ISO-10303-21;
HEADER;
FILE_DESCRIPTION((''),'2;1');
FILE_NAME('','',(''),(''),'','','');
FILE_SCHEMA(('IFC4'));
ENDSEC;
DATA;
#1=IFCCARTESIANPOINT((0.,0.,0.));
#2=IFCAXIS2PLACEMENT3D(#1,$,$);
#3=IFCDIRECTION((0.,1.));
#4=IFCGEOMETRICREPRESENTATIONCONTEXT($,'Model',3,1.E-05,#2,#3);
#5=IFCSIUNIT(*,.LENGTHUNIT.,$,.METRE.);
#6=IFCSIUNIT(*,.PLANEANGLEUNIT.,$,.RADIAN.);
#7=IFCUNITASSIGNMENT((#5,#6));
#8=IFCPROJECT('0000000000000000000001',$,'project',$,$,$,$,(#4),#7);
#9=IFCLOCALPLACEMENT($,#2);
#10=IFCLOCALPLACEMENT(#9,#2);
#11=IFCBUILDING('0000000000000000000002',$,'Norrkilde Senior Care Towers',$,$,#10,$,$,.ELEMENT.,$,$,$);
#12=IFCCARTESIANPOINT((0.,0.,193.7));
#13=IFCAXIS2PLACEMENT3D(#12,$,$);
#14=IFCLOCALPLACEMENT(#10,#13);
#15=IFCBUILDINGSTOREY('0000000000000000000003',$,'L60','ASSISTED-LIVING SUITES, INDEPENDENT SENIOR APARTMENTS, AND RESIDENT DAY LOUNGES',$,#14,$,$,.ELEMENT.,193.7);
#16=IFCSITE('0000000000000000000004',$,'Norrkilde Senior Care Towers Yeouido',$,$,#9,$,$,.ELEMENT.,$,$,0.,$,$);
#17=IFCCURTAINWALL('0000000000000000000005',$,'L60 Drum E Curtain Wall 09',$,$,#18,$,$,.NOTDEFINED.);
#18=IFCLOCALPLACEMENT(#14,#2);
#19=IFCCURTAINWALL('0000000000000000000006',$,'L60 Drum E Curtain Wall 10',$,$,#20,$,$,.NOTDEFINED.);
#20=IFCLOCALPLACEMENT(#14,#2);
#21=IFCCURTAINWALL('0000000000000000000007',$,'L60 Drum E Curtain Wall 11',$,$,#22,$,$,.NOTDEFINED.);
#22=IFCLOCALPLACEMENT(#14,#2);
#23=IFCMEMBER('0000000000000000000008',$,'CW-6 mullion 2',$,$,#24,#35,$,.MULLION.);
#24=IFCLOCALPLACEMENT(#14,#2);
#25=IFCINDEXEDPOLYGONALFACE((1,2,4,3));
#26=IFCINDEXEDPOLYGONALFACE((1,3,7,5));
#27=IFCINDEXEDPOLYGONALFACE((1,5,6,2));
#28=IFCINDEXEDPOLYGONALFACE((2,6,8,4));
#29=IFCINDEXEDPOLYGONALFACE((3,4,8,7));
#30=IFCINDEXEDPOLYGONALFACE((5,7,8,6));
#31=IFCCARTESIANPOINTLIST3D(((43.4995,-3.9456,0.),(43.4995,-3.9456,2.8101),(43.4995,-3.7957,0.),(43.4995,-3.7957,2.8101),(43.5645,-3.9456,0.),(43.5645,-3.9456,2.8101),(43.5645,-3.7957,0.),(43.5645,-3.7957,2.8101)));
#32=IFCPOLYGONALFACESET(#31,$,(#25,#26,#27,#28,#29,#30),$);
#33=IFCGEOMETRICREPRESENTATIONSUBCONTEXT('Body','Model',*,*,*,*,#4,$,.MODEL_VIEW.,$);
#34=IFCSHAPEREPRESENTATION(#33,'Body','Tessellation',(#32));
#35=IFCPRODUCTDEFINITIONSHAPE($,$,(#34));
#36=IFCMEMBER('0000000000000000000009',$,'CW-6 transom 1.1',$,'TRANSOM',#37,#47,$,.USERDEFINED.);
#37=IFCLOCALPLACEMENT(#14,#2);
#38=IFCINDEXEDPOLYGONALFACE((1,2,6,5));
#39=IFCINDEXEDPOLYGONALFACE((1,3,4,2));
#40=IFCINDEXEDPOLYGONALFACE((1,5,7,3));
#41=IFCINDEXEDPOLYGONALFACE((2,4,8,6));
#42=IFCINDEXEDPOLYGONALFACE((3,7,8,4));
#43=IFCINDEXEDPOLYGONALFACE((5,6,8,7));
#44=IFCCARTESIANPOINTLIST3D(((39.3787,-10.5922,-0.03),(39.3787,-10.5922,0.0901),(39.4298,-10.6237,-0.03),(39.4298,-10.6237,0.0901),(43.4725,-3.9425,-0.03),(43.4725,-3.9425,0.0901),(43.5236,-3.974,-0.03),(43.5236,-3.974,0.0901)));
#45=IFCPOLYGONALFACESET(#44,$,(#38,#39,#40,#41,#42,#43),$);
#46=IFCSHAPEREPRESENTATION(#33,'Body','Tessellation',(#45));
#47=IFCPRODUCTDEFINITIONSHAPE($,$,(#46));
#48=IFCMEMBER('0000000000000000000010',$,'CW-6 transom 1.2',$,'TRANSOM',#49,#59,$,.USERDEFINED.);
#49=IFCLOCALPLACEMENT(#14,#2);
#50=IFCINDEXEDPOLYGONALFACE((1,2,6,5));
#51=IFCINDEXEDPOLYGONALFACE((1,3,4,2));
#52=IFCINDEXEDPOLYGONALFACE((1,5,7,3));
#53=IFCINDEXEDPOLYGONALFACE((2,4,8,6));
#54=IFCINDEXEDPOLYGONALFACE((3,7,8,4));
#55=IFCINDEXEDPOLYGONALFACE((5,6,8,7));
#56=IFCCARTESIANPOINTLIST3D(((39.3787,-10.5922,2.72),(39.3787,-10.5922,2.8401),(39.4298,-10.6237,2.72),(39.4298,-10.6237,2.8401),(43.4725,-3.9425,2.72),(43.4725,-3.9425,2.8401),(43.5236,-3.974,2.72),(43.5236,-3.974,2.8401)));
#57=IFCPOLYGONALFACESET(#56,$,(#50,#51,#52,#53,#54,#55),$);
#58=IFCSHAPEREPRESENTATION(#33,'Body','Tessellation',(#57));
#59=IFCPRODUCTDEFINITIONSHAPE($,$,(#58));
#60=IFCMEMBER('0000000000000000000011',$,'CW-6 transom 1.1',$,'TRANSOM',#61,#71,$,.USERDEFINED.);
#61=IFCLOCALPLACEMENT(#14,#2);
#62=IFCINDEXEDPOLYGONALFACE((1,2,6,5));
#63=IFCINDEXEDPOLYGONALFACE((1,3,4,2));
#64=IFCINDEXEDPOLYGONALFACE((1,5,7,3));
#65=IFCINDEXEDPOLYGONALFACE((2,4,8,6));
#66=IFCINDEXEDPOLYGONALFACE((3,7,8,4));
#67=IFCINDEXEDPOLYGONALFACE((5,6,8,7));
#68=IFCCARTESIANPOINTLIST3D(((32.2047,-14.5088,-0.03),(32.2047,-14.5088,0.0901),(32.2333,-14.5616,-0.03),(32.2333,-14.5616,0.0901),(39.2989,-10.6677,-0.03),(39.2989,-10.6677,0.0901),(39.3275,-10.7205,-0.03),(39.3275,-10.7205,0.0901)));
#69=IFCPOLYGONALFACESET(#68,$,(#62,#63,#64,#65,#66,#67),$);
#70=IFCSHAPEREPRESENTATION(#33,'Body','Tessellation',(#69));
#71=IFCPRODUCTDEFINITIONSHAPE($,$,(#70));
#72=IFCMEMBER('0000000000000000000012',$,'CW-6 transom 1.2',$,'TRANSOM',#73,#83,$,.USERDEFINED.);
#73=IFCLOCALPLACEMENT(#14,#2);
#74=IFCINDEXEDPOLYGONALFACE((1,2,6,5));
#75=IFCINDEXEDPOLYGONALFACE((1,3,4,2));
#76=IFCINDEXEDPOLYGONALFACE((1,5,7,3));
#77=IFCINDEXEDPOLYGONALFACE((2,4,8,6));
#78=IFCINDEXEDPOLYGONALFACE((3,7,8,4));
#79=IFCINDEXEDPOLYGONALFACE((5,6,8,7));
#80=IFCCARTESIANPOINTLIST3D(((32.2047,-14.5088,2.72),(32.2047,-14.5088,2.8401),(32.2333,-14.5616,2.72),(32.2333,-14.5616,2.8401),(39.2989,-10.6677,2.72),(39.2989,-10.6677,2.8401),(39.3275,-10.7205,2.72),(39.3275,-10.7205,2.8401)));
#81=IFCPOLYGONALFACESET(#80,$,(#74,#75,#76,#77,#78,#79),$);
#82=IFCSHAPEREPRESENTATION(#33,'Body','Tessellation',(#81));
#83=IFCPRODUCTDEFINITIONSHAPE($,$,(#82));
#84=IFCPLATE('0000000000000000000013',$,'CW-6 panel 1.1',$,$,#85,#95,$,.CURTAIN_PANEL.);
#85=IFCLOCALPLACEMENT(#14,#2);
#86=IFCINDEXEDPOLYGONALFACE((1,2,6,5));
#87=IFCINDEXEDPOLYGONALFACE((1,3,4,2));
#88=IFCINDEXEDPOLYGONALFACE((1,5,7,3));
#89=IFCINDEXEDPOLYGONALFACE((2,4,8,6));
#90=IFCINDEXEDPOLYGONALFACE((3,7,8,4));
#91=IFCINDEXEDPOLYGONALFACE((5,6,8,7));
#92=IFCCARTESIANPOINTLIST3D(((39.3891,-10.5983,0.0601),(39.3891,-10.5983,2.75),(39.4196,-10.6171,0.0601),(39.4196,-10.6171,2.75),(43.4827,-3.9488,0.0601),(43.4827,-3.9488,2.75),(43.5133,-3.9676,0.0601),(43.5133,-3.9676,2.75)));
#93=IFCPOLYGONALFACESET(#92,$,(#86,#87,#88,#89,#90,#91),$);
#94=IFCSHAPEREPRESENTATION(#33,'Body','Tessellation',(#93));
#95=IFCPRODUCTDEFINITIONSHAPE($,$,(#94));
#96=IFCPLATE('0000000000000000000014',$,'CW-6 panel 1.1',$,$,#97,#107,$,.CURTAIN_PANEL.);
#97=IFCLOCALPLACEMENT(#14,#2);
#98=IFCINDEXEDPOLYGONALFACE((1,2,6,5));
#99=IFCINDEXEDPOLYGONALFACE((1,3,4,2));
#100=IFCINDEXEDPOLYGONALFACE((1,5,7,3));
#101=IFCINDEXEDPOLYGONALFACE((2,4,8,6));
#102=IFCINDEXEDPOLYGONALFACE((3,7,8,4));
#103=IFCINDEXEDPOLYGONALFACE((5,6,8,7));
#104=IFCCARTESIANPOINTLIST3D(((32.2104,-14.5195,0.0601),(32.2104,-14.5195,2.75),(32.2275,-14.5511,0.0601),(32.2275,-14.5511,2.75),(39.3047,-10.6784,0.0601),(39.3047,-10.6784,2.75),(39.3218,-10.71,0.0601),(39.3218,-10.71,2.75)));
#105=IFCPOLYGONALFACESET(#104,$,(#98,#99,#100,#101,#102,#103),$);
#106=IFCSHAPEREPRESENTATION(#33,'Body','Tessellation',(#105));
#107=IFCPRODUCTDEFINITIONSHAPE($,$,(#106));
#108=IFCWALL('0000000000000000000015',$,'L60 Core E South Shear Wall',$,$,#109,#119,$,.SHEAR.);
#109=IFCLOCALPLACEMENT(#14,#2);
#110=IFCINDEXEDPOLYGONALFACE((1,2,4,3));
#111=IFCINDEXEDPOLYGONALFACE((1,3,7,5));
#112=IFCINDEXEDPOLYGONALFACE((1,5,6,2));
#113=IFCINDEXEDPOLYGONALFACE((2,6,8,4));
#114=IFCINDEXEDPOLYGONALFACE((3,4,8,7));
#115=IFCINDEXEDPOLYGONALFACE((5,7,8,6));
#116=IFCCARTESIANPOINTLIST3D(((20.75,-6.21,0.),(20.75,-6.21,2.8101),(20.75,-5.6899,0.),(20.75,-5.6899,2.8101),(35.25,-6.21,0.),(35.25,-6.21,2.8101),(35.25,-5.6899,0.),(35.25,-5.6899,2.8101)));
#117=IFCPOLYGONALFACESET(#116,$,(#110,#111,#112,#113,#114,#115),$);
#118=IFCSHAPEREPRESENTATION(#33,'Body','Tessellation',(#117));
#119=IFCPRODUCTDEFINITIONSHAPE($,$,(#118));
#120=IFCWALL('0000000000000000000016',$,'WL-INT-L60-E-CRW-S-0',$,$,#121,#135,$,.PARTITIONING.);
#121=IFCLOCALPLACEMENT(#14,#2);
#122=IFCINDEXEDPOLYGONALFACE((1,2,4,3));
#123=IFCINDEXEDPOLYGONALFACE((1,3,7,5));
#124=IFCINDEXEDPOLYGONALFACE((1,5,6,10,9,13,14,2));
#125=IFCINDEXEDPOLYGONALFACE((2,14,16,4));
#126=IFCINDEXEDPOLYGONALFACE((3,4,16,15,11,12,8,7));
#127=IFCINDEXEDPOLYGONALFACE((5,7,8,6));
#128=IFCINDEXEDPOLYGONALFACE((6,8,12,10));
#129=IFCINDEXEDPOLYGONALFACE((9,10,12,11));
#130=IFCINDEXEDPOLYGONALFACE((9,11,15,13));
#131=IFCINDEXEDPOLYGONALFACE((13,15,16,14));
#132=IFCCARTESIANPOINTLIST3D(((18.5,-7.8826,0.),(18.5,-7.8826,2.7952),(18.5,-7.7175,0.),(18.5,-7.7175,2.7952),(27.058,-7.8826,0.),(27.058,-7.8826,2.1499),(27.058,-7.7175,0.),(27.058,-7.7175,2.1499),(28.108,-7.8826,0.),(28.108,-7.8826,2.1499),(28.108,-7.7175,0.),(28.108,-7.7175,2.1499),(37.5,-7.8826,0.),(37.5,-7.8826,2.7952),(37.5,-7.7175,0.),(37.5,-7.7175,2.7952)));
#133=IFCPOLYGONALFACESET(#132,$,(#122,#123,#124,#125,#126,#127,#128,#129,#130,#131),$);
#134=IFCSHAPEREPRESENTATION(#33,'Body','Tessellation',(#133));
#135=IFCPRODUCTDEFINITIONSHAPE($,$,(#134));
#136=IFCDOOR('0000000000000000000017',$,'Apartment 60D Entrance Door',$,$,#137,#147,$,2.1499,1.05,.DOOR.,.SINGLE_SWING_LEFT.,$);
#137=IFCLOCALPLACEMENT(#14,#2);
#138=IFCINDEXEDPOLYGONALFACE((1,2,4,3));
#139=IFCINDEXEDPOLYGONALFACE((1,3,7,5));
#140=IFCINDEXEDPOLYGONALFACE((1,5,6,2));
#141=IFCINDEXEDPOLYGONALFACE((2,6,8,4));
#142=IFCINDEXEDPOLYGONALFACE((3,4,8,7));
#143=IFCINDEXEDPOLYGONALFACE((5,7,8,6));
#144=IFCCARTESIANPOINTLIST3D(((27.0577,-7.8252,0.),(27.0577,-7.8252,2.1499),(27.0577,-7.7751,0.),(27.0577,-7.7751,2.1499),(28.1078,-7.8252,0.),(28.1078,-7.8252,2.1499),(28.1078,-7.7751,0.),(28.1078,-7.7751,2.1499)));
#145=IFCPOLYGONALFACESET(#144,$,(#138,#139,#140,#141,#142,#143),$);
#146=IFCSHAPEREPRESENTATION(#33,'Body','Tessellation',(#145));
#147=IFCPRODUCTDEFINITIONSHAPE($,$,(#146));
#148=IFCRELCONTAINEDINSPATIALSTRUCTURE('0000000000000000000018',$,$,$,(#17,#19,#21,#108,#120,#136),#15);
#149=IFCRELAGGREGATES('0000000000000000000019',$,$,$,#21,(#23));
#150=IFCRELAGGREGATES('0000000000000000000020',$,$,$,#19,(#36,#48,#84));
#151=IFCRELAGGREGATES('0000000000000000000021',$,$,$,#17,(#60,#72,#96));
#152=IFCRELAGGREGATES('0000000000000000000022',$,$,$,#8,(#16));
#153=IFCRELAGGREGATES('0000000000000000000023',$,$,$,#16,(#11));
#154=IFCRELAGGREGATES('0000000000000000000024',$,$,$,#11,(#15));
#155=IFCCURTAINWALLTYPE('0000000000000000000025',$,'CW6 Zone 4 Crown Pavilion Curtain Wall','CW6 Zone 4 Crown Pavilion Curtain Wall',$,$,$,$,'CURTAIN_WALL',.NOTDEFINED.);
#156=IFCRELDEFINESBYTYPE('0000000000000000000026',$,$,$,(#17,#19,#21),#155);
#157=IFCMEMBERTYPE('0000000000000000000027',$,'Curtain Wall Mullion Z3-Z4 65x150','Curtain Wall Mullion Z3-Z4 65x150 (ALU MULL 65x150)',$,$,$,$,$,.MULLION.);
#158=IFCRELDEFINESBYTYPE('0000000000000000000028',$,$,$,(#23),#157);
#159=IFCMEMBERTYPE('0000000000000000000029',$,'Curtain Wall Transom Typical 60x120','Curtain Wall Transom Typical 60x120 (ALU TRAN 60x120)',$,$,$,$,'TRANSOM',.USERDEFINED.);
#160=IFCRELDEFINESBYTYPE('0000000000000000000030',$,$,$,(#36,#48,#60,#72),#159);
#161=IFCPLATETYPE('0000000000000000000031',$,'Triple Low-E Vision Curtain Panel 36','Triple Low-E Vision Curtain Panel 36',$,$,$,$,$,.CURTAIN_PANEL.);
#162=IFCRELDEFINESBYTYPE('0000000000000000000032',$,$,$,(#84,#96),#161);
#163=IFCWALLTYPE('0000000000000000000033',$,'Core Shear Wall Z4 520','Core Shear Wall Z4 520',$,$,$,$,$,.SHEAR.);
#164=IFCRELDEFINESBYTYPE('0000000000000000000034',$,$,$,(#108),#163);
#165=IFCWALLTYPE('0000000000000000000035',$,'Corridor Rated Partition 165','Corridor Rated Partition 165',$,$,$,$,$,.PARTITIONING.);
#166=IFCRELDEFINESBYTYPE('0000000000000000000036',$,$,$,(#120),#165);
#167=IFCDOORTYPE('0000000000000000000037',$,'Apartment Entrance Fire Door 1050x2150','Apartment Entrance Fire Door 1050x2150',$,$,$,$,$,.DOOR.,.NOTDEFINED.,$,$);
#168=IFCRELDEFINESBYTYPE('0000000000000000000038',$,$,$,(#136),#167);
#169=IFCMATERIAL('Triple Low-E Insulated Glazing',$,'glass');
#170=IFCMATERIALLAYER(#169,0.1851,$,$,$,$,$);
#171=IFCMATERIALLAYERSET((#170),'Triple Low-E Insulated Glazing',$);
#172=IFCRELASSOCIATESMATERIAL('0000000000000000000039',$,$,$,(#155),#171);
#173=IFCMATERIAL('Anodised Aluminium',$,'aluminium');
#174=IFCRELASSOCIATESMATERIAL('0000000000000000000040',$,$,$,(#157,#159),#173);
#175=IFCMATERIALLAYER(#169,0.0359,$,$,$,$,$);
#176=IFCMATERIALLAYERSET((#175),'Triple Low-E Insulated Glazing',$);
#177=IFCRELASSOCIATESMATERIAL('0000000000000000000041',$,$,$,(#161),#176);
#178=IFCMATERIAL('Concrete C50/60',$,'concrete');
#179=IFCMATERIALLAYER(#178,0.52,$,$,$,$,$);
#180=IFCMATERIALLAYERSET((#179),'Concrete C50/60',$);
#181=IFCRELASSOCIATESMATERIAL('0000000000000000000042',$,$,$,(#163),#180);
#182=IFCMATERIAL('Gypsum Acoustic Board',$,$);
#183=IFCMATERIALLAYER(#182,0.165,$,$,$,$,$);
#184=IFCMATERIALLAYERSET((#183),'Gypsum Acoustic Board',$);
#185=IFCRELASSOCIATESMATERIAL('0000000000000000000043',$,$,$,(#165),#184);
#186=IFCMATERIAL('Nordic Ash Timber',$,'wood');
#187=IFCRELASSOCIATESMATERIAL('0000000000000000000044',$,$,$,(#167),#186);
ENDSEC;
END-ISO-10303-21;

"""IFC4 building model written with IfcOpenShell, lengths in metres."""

from ifc_helpers import new_model, si_unit, direction, frame, frame_2d, origin, origin_2d, place, context, subcontext, project, spatial, rectangle, extrude, source, transform, mapped, material, layer, layer_set, material_profile, profile_set, type_object, type_shapes, element, fill, aggregate, save


model = new_model("IFC4")

# Units and contexts
model_context = context("Model", 3, precision=1e-05, world=origin(), true_north=direction((0.0, 1.0)))
body_context = subcontext(model_context, "Body", "Model", "MODEL_VIEW")
ifc_project = project(units=[si_unit("LENGTHUNIT", "METRE"), si_unit("PLANEANGLEUNIT", "RADIAN")], contexts=[model_context])

# Site, building, storey
site_placement = place(None, origin())
site = spatial("IfcSite", under=ifc_project, at=site_placement, Name="Norrkilde Senior Care Towers Yeouido", CompositionType="ELEMENT", RefElevation=0.0)
building_placement = place(site_placement, origin())
building = spatial("IfcBuilding", under=site, at=building_placement, Name="Norrkilde Senior Care Towers", CompositionType="ELEMENT")
storey_placement = place(building_placement, frame((0.0, 0.0, 193.7)))
storey = spatial("IfcBuildingStorey", under=building, at=storey_placement, Name="L60", Description="ASSISTED-LIVING SUITES, INDEPENDENT SENIOR APARTMENTS, AND RESIDENT DAY LOUNGES", CompositionType="ELEMENT", Elevation=193.7)

# Shared definitions
ifc_material_1 = material(Name="Concrete C50/60", Category="concrete")

# Curtain wall
ifc_material_2 = material(Name="Triple Low-E Insulated Glazing", Category="glass")
ifc_layer_1 = layer(ifc_material_2, 0.1851)
ifc_layer_set_1 = layer_set([ifc_layer_1], Name="Triple Low-E Insulated Glazing")
curtain_wall_type = type_object("IfcCurtainWallType", Name="CW6 Zone 4 Crown Pavilion Curtain Wall", Description="CW6 Zone 4 Crown Pavilion Curtain Wall", ElementType="CURTAIN_WALL", PredefinedType="NOTDEFINED", material=ifc_layer_set_1)
curtain_wall_1_placement = place(storey_placement, origin())
curtain_wall_1 = element("IfcCurtainWall", 1, at=curtain_wall_1_placement, inside=storey, type_object=curtain_wall_type, Name="L60 Drum E Curtain Wall 09", PredefinedType="NOTDEFINED")
ifc_material_3 = material(Name="Anodised Aluminium", Category="aluminium")
ifc_material_profile_1 = material_profile(ifc_material_3, rectangle(XDim=0.0649, YDim=0.1499, at=origin_2d()), Name="ALU MULL 65x150")
ifc_profile_set_1 = profile_set([ifc_material_profile_1], Name="Anodised Aluminium")
member_type_1 = type_object("IfcMemberType", Name="Curtain Wall Mullion Z3-Z4 65x150", Description="Curtain Wall Mullion Z3-Z4 65x150 (ALU MULL 65x150)", PredefinedType="MULLION", material=ifc_profile_set_1)
shared_shape_1 = source(origin(), body_context, "Body", "SweptSolid", [
    extrude(rectangle(XDim=0.0649, YDim=0.1499, at=origin_2d()), origin(), (0.0, 0.0, 1.0), 2.8101),
])
type_shapes(member_type_1, [shared_shape_1])

# Curtain wall
curtain_wall_2_placement = place(storey_placement, origin())
curtain_wall_2 = element("IfcCurtainWall", 2, at=curtain_wall_2_placement, inside=storey, type_object=curtain_wall_type, Name="L60 Drum E Curtain Wall 10", PredefinedType="NOTDEFINED")

# Curtain wall, member
curtain_wall_3_placement = place(storey_placement, origin())
curtain_wall_3 = element("IfcCurtainWall", 3, at=curtain_wall_3_placement, inside=storey, type_object=curtain_wall_type, Name="L60 Drum E Curtain Wall 11", PredefinedType="NOTDEFINED")
member_1_placement = place(storey_placement, frame((43.532, -3.8706, 0.0), z_axis=(0.0, 0.0, 1.0), x_axis=(1.0, 0.0, 0.0)))
member_1 = element("IfcMember", 4, at=member_1_placement, type_object=member_type_1, Name="CW-6 mullion 2", PredefinedType="MULLION", context=body_context, shape_type="MappedRepresentation", body=[
    mapped(shared_shape_1, transform((0.0, 0.0, 0.0), x_axis=(1.0, 0.0, 0.0), y_axis=(0.0, 1.0, 0.0), z_axis=(0.0, 0.0, 1.0), scale=1.0)),
])
aggregate(curtain_wall_3, [member_1])

# Members
ifc_material_profile_2 = material_profile(ifc_material_3, rectangle(XDim=0.0601, YDim=0.1201, at=origin_2d()), Name="ALU TRAN 60x120")
ifc_profile_set_2 = profile_set([ifc_material_profile_2], Name="Anodised Aluminium")
member_type_2 = type_object("IfcMemberType", Name="Curtain Wall Transom Typical 60x120", Description="Curtain Wall Transom Typical 60x120 (ALU TRAN 60x120)", ElementType="TRANSOM", PredefinedType="USERDEFINED", material=ifc_profile_set_2)
shared_shape_2 = source(origin(), body_context, "Body", "SweptSolid", [
    extrude(rectangle(XDim=0.0601, YDim=0.1201, at=origin_2d()), origin(), (0.0, 0.0, 1.0), 7.8088),
])
member_2_placement = place(storey_placement, frame((43.498, -3.9583, 0.03), z_axis=(-0.524251, -0.851564, 0.0), x_axis=(0.851564, -0.524251, 0.0)))
member_2 = element("IfcMember", 5, at=member_2_placement, type_object=member_type_2, Name="CW-6 transom 1.1", ObjectType="TRANSOM", PredefinedType="USERDEFINED", context=body_context, shape_type="MappedRepresentation", body=[
    mapped(shared_shape_2, transform((0.0, 0.0, 0.0), x_axis=(1.0, 0.0, 0.0), y_axis=(0.0, 1.0, 0.0), z_axis=(0.0, 0.0, 1.0), scale=1.0)),
])
member_3_placement = place(storey_placement, frame((43.498, -3.9583, 2.78), z_axis=(-0.524251, -0.851564, 0.0), x_axis=(0.851564, -0.524251, 0.0)))
member_3 = element("IfcMember", 6, at=member_3_placement, type_object=member_type_2, Name="CW-6 transom 1.2", ObjectType="TRANSOM", PredefinedType="USERDEFINED", context=body_context, shape_type="MappedRepresentation", body=[
    mapped(shared_shape_2, transform((0.0, 0.0, 0.0), x_axis=(1.0, 0.0, 0.0), y_axis=(0.0, 1.0, 0.0), z_axis=(0.0, 0.0, 1.0), scale=1.0)),
])
shared_shape_3 = source(origin(), body_context, "Body", "SweptSolid", [
    extrude(rectangle(XDim=0.0601, YDim=0.1201, at=origin_2d()), origin(), (0.0, 0.0, 1.0), 8.0674),
])
type_shapes(member_type_2, [shared_shape_2, shared_shape_3])
member_4_placement = place(storey_placement, frame((39.3132, -10.6941, 0.03), z_axis=(-0.879378, -0.476125, 0.0), x_axis=(0.476125, -0.879378, 0.0)))
member_4 = element("IfcMember", 7, at=member_4_placement, type_object=member_type_2, Name="CW-6 transom 1.1", ObjectType="TRANSOM", PredefinedType="USERDEFINED", context=body_context, shape_type="MappedRepresentation", body=[
    mapped(shared_shape_3, transform((0.0, 0.0, 0.0), x_axis=(1.0, 0.0, 0.0), y_axis=(0.0, 1.0, 0.0), z_axis=(0.0, 0.0, 1.0), scale=1.0)),
])
member_5_placement = place(storey_placement, frame((39.3132, -10.6941, 2.78), z_axis=(-0.879378, -0.476125, 0.0), x_axis=(0.476125, -0.879378, 0.0)))
member_5 = element("IfcMember", 8, at=member_5_placement, type_object=member_type_2, Name="CW-6 transom 1.2", ObjectType="TRANSOM", PredefinedType="USERDEFINED", context=body_context, shape_type="MappedRepresentation", body=[
    mapped(shared_shape_3, transform((0.0, 0.0, 0.0), x_axis=(1.0, 0.0, 0.0), y_axis=(0.0, 1.0, 0.0), z_axis=(0.0, 0.0, 1.0), scale=1.0)),
])

# Plates
ifc_layer_2 = layer(ifc_material_2, 0.0359)
ifc_layer_set_2 = layer_set([ifc_layer_2], Name="Triple Low-E Insulated Glazing")
plate_type = type_object("IfcPlateType", Name="Triple Low-E Vision Curtain Panel 36", Description="Triple Low-E Vision Curtain Panel 36", PredefinedType="CURTAIN_PANEL", material=ifc_layer_set_2)
shared_shape_4 = source(origin(), body_context, "Body", "SweptSolid", [
    extrude(rectangle(XDim=7.8086, YDim=0.0359, at=origin_2d()), origin(), (0.0, 0.0, 1.0), 2.6899),
])
plate_1_placement = place(storey_placement, frame((41.4512, -7.283, 0.0601), z_axis=(0.0, 0.0, 1.0), x_axis=(-0.524253, -0.851563, 0.0)))
plate_1 = element("IfcPlate", 9, at=plate_1_placement, type_object=plate_type, Name="CW-6 panel 1.1", PredefinedType="CURTAIN_PANEL", context=body_context, shape_type="MappedRepresentation", body=[
    mapped(shared_shape_4, transform((0.0, 0.0, 0.0), x_axis=(1.0, 0.0, 0.0), y_axis=(0.0, 1.0, 0.0), z_axis=(0.0, 0.0, 1.0), scale=1.0)),
])
aggregate(curtain_wall_2, [member_2, member_3, plate_1])
shared_shape_5 = source(origin(), body_context, "Body", "SweptSolid", [
    extrude(rectangle(XDim=8.0674, YDim=0.0359, at=origin_2d()), origin(), (0.0, 0.0, 1.0), 2.6899),
])
type_shapes(plate_type, [shared_shape_4, shared_shape_5])
plate_2_placement = place(storey_placement, frame((35.7661, -12.6147, 0.0601), z_axis=(0.0, 0.0, 1.0), x_axis=(-0.879373, -0.476133, 0.0)))
plate_2 = element("IfcPlate", 10, at=plate_2_placement, type_object=plate_type, Name="CW-6 panel 1.1", PredefinedType="CURTAIN_PANEL", context=body_context, shape_type="MappedRepresentation", body=[
    mapped(shared_shape_5, transform((0.0, 0.0, 0.0), x_axis=(1.0, 0.0, 0.0), y_axis=(0.0, 1.0, 0.0), z_axis=(0.0, 0.0, 1.0), scale=1.0)),
])
aggregate(curtain_wall_1, [member_4, member_5, plate_2])

# Wall
ifc_layer_3 = layer(ifc_material_1, 0.52)
ifc_layer_set_3 = layer_set([ifc_layer_3], Name="Concrete C50/60")
wall_type_1 = type_object("IfcWallType", Name="Core Shear Wall Z4 520", Description="Core Shear Wall Z4 520", PredefinedType="SHEAR", material=ifc_layer_set_3)
shared_shape_6 = source(origin(), body_context, "Body", "SweptSolid", [
    extrude(rectangle(XDim=14.5, YDim=0.52, at=frame_2d((7.25, 0.0))), origin(), (0.0, 0.0, 1.0), 2.8101),
])
type_shapes(wall_type_1, [shared_shape_6])
wall_1_placement = place(storey_placement, frame((35.25, -5.95, 0.0), z_axis=(0.0, 0.0, 1.0), x_axis=(-1.0, 0.0, 0.0)))
element("IfcWall", 11, at=wall_1_placement, inside=storey, type_object=wall_type_1, Name="L60 Core E South Shear Wall", PredefinedType="SHEAR", context=body_context, shape_type="MappedRepresentation", body=[
    mapped(shared_shape_6, transform((0.0, 0.0, 0.0), x_axis=(1.0, 0.0, 0.0), y_axis=(0.0, 1.0, 0.0), z_axis=(0.0, 0.0, 1.0), scale=1.0)),
])

# Wall, opening, door
ifc_material_4 = material(Name="Gypsum Acoustic Board")
ifc_layer_4 = layer(ifc_material_4, 0.165)
ifc_layer_set_4 = layer_set([ifc_layer_4], Name="Gypsum Acoustic Board")
wall_type_2 = type_object("IfcWallType", Name="Corridor Rated Partition 165", Description="Corridor Rated Partition 165", PredefinedType="PARTITIONING", material=ifc_layer_set_4)
shared_shape_7 = source(origin(), body_context, "Body", "SweptSolid", [
    extrude(rectangle(XDim=19.0, YDim=0.165, at=frame_2d((9.5, 0.0))), origin(), (0.0, 0.0, 1.0), 2.7952),
])
wall_2_placement = place(storey_placement, frame((37.5, -7.8, 0.0), z_axis=(0.0, 0.0, 1.0), x_axis=(-1.0, 0.0, 0.0)))
wall_2 = element("IfcWall", 12, at=wall_2_placement, inside=storey, type_object=wall_type_2, Name="WL-INT-L60-E-CRW-S-0", PredefinedType="PARTITIONING", context=body_context, shape_type="MappedRepresentation", body=[
    mapped(shared_shape_7, transform((0.0, 0.0, 0.0), x_axis=(1.0, 0.0, 0.0), y_axis=(0.0, 1.0, 0.0), z_axis=(0.0, 0.0, 1.0), scale=1.0)),
])
opening_1_placement = place(wall_2_placement, frame((9.3921, 0.0, 0.0)))
opening_1 = element("IfcOpeningElement", 13, at=opening_1_placement, cuts=wall_2, PredefinedType="OPENING", context=body_context, shape_type="SweptSolid", body=[
    extrude(rectangle(XDim=1.05, YDim=2.1499, at=frame_2d((0.5249, 1.075))), frame((0.0, 0.0925, 0.0), z_axis=(0.0, -1.0, 0.0), x_axis=(1.0, 0.0, 0.0)), (0.0, 0.0, 1.0), 0.1851),
])
ifc_material_5 = material(Name="Nordic Ash Timber", Category="wood")
door_type_1 = type_object("IfcDoorType", Name="Apartment Entrance Fire Door 1050x2150", Description="Apartment Entrance Fire Door 1050x2150", OperationType="NOTDEFINED", PredefinedType="DOOR", material=ifc_material_5)
shared_shape_8 = source(origin(), body_context, "Body", "SweptSolid", [
    extrude(rectangle(XDim=1.05, YDim=2.1499, at=frame_2d((0.5249, 1.075))), frame((0.0, 0.0249, 0.0), z_axis=(0.0, -1.0, 0.0), x_axis=(1.0, 0.0, 0.0)), (0.0, 0.0, 1.0), 0.05),
])
type_shapes(door_type_1, [shared_shape_8])
door_1_placement = place(opening_1_placement, frame((1.05, 0.0, 0.0), z_axis=(0.0, 0.0, 1.0), x_axis=(-1.0, 0.0, 0.0)))
door_1 = element("IfcDoor", 14, at=door_1_placement, inside=storey, type_object=door_type_1, Name="Apartment 60D Entrance Door", OperationType="SINGLE_SWING_LEFT", OverallHeight=2.1499, OverallWidth=1.05, PredefinedType="DOOR", context=body_context, shape_type="MappedRepresentation", body=[
    mapped(shared_shape_8, transform((0.0, 0.0, 0.0), x_axis=(1.0, 0.0, 0.0), y_axis=(0.0, 1.0, 0.0), z_axis=(0.0, 0.0, 1.0), scale=1.0)),
])
fill(opening_1, door_1)

save(model, "model.ifc")
